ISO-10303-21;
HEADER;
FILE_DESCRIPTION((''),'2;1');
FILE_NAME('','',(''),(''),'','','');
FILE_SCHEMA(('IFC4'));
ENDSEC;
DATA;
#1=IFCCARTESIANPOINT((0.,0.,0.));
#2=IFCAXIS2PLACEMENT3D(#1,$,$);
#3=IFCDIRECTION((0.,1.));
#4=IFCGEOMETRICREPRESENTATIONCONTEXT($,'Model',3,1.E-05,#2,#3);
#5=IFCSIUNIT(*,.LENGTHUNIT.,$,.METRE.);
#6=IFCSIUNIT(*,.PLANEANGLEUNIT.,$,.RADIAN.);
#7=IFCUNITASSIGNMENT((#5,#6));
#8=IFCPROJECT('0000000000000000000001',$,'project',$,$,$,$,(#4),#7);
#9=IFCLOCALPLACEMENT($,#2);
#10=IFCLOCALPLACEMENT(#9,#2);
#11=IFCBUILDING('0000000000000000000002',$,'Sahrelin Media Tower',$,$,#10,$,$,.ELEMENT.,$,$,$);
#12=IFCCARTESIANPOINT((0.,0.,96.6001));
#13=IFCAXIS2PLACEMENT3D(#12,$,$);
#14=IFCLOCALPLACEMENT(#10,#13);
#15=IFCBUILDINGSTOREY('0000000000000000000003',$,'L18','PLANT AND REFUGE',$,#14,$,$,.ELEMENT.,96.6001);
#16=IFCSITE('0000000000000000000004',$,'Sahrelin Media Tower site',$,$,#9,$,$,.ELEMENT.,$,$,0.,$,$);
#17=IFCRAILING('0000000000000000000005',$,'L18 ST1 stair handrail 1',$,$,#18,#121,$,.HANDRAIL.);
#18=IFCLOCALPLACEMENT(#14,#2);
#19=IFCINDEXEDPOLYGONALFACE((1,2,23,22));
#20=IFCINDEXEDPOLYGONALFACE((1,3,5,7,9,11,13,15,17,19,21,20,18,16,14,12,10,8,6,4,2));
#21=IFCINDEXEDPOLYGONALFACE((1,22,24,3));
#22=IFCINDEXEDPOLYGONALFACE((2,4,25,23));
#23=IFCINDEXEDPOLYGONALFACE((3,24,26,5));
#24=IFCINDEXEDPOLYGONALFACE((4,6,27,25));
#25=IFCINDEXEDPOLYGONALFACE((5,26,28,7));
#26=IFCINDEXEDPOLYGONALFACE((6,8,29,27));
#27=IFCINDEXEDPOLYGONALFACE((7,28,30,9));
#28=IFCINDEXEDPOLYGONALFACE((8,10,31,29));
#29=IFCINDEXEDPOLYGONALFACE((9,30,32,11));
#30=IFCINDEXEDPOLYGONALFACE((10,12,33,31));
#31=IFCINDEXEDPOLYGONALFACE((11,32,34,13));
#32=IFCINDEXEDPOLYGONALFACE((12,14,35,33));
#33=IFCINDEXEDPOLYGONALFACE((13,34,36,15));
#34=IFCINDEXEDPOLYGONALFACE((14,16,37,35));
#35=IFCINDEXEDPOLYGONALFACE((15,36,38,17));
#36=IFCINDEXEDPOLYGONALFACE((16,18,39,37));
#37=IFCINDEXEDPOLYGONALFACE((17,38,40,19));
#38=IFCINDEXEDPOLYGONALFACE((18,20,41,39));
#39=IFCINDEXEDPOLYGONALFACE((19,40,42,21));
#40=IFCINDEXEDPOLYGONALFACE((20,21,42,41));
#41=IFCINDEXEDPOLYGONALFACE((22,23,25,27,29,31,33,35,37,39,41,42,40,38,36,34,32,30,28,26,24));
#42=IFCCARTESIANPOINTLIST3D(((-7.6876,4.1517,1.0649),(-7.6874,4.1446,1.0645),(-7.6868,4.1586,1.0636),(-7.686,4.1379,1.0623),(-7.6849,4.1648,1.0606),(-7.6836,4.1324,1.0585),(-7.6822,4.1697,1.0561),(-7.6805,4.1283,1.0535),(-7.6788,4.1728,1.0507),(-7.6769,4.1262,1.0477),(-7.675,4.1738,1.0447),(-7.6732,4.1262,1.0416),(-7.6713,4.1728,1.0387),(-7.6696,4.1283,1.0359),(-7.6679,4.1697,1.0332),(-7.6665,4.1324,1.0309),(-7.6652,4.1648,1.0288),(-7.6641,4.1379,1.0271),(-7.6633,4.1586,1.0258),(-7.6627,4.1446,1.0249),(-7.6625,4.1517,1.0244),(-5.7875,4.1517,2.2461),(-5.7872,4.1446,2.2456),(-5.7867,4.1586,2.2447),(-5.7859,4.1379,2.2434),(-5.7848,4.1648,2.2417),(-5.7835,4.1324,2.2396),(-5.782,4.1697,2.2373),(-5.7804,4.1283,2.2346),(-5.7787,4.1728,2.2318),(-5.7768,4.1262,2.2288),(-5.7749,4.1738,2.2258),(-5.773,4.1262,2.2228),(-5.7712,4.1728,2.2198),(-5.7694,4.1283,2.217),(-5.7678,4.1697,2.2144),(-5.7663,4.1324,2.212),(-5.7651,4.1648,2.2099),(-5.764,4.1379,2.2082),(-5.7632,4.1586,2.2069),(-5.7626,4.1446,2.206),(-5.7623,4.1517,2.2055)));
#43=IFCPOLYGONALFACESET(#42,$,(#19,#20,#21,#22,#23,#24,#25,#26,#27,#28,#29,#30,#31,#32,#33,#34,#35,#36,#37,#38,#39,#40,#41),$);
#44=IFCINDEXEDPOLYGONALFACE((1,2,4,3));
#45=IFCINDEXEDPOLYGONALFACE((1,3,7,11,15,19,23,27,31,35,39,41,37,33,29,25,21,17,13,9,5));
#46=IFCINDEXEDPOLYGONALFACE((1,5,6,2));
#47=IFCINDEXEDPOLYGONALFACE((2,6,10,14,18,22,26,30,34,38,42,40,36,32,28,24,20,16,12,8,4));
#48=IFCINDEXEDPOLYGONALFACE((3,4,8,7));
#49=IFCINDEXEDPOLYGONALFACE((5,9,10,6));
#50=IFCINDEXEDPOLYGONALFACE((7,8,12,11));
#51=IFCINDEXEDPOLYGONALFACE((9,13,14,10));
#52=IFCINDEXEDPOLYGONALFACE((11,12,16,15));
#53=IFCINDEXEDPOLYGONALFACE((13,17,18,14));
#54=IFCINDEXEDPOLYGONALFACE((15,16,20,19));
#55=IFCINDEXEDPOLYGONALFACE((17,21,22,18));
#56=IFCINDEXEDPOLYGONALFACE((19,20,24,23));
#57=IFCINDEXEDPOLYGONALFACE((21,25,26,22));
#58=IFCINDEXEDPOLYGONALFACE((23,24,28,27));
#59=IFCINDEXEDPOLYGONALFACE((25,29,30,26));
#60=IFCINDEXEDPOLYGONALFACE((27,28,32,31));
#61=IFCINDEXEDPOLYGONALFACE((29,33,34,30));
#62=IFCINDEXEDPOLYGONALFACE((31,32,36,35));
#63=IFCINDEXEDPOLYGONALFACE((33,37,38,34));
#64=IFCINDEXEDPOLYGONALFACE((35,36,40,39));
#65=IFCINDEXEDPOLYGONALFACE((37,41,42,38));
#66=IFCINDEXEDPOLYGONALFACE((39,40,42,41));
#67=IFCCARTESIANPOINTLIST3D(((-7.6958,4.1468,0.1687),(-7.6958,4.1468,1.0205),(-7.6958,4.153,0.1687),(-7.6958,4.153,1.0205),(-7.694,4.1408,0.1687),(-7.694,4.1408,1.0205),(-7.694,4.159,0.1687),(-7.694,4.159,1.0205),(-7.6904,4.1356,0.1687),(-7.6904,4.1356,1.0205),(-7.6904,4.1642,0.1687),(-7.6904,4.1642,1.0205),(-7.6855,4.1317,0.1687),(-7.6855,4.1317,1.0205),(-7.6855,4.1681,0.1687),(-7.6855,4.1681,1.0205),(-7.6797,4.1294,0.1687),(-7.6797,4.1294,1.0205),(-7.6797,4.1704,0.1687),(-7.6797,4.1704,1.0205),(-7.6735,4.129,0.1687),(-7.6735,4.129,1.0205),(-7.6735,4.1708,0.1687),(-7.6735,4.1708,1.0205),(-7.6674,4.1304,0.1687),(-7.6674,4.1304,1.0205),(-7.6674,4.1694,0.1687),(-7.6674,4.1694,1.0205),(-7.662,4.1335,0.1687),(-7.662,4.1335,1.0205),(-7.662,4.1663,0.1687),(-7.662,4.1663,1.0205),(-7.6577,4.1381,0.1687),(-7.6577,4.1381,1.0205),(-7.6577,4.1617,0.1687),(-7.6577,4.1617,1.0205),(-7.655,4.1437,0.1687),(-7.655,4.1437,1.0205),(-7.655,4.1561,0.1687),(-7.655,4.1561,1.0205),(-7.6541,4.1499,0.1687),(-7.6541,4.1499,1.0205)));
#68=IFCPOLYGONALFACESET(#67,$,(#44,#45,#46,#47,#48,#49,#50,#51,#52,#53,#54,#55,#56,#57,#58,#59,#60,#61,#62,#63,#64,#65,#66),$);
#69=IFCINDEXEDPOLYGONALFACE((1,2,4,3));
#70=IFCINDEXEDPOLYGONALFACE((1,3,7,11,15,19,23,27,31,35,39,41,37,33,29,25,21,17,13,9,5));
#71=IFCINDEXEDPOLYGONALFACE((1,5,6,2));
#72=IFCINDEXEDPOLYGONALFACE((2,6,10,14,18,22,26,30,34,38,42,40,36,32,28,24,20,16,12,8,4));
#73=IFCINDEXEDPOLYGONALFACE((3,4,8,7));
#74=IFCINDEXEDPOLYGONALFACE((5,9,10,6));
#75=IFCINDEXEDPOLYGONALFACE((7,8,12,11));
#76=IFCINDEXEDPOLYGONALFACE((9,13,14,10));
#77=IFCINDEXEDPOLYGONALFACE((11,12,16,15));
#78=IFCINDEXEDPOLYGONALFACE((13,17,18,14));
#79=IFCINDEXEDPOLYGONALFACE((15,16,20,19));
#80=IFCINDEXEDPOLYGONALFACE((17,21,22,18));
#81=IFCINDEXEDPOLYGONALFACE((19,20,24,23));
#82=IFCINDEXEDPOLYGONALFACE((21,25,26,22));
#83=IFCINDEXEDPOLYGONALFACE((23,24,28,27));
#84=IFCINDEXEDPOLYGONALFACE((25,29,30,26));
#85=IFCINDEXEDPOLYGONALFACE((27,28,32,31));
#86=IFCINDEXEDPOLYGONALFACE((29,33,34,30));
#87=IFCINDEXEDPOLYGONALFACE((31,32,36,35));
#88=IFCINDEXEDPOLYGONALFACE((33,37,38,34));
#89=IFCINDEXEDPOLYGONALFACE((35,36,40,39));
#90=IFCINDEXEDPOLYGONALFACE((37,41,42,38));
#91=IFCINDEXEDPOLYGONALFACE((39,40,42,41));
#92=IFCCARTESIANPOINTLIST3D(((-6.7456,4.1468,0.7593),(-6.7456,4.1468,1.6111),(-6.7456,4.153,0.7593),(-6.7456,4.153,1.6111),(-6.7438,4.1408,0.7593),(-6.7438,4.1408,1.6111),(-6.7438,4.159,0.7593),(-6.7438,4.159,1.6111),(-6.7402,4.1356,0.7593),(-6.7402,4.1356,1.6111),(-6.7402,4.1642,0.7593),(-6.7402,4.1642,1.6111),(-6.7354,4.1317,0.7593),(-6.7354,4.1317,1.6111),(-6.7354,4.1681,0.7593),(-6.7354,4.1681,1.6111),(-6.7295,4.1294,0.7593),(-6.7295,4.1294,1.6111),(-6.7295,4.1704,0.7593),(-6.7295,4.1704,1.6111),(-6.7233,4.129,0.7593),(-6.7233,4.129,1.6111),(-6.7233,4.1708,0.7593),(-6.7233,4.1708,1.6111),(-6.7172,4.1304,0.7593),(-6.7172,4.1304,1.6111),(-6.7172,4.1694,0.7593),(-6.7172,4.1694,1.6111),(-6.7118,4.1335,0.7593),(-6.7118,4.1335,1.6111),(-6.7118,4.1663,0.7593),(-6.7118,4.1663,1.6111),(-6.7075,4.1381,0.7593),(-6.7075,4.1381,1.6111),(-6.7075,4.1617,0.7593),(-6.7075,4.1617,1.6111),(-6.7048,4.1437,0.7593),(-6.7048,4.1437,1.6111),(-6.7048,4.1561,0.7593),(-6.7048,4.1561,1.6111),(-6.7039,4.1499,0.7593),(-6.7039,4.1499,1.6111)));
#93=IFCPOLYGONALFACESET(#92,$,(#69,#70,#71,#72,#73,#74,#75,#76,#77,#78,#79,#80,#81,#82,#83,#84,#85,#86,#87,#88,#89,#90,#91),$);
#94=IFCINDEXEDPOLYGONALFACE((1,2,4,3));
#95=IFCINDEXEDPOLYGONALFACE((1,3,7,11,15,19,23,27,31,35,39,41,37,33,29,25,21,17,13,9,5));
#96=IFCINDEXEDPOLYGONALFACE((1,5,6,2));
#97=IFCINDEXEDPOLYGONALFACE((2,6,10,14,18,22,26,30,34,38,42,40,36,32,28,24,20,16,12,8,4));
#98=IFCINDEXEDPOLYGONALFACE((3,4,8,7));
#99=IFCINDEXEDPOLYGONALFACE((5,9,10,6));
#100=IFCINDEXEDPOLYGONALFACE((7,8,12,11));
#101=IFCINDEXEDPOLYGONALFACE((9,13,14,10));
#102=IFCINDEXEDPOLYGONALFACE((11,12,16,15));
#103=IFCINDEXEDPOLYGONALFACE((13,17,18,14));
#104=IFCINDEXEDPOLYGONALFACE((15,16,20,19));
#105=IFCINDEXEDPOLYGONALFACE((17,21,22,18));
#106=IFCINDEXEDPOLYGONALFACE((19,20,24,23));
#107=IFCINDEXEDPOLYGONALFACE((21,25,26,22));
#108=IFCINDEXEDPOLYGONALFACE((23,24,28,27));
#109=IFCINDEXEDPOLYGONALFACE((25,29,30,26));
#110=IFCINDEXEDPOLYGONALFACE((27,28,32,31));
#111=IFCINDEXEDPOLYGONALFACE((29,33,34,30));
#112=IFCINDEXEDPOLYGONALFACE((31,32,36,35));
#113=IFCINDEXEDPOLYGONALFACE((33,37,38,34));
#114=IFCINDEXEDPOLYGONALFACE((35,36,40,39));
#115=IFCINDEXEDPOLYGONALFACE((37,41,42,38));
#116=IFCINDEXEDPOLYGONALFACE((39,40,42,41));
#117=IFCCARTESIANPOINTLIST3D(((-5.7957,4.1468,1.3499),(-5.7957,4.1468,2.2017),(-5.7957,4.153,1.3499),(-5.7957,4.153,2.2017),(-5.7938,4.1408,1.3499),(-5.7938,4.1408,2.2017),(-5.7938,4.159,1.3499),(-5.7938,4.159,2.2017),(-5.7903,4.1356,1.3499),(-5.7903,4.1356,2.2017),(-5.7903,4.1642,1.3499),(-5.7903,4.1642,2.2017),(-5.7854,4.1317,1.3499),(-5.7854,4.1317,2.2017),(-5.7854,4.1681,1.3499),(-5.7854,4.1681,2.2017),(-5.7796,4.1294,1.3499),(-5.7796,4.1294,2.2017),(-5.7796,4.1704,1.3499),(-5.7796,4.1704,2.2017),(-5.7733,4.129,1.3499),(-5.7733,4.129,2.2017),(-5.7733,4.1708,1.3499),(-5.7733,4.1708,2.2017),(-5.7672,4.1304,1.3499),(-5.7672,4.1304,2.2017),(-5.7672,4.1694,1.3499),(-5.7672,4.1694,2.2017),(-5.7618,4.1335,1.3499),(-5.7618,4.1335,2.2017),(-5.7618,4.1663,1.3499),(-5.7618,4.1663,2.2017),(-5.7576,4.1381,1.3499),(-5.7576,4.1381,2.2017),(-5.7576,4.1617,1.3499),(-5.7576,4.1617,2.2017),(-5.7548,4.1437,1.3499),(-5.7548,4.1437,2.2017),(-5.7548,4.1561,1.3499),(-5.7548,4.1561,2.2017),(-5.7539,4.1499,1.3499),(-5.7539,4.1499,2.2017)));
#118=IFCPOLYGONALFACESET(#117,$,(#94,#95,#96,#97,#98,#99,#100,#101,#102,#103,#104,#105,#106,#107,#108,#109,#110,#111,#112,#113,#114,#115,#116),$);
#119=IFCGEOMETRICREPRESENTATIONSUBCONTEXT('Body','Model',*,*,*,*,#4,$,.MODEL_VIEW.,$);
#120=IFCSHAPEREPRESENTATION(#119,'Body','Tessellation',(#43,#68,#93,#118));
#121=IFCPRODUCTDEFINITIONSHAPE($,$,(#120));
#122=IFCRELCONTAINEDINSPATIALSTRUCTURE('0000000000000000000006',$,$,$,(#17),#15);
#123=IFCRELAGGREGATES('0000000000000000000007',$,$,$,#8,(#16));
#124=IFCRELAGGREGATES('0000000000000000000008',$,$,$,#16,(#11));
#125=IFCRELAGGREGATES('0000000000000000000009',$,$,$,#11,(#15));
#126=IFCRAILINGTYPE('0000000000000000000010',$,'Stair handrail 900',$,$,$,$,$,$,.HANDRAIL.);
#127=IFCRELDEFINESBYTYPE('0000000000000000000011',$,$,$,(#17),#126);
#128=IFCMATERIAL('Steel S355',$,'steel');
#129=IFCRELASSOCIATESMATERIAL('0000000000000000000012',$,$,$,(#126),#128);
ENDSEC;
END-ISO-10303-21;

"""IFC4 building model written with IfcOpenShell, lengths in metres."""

from ifc_helpers import new_model, si_unit, direction, frame, origin, origin_2d, place, context, subcontext, project, spatial, circle, extrude, material, type_object, element, save


model = new_model("IFC4")

# Units and contexts
model_context = context("Model", 3, precision=1e-05, world=origin(), true_north=direction((0.0, 1.0)))
body_context = subcontext(model_context, "Body", "Model", "MODEL_VIEW")
ifc_project = project(units=[si_unit("LENGTHUNIT", "METRE"), si_unit("PLANEANGLEUNIT", "RADIAN")], contexts=[model_context])

# Site, building, storey
site_placement = place(None, origin())
site = spatial("IfcSite", under=ifc_project, at=site_placement, Name="Sahrelin Media Tower site", CompositionType="ELEMENT", RefElevation=0.0)
building_placement = place(site_placement, origin())
building = spatial("IfcBuilding", under=site, at=building_placement, Name="Sahrelin Media Tower", CompositionType="ELEMENT")
storey_placement = place(building_placement, frame((0.0, 0.0, 96.6001)))
storey = spatial("IfcBuildingStorey", under=building, at=storey_placement, Name="L18", Description="PLANT AND REFUGE", CompositionType="ELEMENT", Elevation=96.6001)

# Railing
ifc_material_1 = material(Name="Steel S355", Category="steel")
railing_type_1 = type_object("IfcRailingType", Name="Stair handrail 900", PredefinedType="HANDRAIL", material=ifc_material_1)
railing_1_placement = place(storey_placement, frame((-7.675, 4.1499, 0.1687)))
element("IfcRailing", 1, at=railing_1_placement, inside=storey, type_object=railing_type_1, Name="L18 ST1 stair handrail 1", PredefinedType="HANDRAIL", context=body_context, shape_type="SweptSolid", body=[
    extrude(circle(Radius=0.0239, at=origin_2d()), frame((0.0, 0.0, 0.876), z_axis=(0.849289, 0.0, 0.527928), x_axis=(0.0, 1.0, 0.0)), (0.0, 0.0, 1.0), 2.2373),
    extrude(circle(Radius=0.021, at=origin_2d()), origin(), (0.0, 0.0, 1.0), 0.8518),
    extrude(circle(Radius=0.021, at=origin_2d()), frame((0.9502, 0.0, 0.5906)), (0.0, 0.0, 1.0), 0.8518),
    extrude(circle(Radius=0.021, at=origin_2d()), frame((1.9001, 0.0, 1.1812)), (0.0, 0.0, 1.0), 0.8518),
])

save(model, "model.ifc")
